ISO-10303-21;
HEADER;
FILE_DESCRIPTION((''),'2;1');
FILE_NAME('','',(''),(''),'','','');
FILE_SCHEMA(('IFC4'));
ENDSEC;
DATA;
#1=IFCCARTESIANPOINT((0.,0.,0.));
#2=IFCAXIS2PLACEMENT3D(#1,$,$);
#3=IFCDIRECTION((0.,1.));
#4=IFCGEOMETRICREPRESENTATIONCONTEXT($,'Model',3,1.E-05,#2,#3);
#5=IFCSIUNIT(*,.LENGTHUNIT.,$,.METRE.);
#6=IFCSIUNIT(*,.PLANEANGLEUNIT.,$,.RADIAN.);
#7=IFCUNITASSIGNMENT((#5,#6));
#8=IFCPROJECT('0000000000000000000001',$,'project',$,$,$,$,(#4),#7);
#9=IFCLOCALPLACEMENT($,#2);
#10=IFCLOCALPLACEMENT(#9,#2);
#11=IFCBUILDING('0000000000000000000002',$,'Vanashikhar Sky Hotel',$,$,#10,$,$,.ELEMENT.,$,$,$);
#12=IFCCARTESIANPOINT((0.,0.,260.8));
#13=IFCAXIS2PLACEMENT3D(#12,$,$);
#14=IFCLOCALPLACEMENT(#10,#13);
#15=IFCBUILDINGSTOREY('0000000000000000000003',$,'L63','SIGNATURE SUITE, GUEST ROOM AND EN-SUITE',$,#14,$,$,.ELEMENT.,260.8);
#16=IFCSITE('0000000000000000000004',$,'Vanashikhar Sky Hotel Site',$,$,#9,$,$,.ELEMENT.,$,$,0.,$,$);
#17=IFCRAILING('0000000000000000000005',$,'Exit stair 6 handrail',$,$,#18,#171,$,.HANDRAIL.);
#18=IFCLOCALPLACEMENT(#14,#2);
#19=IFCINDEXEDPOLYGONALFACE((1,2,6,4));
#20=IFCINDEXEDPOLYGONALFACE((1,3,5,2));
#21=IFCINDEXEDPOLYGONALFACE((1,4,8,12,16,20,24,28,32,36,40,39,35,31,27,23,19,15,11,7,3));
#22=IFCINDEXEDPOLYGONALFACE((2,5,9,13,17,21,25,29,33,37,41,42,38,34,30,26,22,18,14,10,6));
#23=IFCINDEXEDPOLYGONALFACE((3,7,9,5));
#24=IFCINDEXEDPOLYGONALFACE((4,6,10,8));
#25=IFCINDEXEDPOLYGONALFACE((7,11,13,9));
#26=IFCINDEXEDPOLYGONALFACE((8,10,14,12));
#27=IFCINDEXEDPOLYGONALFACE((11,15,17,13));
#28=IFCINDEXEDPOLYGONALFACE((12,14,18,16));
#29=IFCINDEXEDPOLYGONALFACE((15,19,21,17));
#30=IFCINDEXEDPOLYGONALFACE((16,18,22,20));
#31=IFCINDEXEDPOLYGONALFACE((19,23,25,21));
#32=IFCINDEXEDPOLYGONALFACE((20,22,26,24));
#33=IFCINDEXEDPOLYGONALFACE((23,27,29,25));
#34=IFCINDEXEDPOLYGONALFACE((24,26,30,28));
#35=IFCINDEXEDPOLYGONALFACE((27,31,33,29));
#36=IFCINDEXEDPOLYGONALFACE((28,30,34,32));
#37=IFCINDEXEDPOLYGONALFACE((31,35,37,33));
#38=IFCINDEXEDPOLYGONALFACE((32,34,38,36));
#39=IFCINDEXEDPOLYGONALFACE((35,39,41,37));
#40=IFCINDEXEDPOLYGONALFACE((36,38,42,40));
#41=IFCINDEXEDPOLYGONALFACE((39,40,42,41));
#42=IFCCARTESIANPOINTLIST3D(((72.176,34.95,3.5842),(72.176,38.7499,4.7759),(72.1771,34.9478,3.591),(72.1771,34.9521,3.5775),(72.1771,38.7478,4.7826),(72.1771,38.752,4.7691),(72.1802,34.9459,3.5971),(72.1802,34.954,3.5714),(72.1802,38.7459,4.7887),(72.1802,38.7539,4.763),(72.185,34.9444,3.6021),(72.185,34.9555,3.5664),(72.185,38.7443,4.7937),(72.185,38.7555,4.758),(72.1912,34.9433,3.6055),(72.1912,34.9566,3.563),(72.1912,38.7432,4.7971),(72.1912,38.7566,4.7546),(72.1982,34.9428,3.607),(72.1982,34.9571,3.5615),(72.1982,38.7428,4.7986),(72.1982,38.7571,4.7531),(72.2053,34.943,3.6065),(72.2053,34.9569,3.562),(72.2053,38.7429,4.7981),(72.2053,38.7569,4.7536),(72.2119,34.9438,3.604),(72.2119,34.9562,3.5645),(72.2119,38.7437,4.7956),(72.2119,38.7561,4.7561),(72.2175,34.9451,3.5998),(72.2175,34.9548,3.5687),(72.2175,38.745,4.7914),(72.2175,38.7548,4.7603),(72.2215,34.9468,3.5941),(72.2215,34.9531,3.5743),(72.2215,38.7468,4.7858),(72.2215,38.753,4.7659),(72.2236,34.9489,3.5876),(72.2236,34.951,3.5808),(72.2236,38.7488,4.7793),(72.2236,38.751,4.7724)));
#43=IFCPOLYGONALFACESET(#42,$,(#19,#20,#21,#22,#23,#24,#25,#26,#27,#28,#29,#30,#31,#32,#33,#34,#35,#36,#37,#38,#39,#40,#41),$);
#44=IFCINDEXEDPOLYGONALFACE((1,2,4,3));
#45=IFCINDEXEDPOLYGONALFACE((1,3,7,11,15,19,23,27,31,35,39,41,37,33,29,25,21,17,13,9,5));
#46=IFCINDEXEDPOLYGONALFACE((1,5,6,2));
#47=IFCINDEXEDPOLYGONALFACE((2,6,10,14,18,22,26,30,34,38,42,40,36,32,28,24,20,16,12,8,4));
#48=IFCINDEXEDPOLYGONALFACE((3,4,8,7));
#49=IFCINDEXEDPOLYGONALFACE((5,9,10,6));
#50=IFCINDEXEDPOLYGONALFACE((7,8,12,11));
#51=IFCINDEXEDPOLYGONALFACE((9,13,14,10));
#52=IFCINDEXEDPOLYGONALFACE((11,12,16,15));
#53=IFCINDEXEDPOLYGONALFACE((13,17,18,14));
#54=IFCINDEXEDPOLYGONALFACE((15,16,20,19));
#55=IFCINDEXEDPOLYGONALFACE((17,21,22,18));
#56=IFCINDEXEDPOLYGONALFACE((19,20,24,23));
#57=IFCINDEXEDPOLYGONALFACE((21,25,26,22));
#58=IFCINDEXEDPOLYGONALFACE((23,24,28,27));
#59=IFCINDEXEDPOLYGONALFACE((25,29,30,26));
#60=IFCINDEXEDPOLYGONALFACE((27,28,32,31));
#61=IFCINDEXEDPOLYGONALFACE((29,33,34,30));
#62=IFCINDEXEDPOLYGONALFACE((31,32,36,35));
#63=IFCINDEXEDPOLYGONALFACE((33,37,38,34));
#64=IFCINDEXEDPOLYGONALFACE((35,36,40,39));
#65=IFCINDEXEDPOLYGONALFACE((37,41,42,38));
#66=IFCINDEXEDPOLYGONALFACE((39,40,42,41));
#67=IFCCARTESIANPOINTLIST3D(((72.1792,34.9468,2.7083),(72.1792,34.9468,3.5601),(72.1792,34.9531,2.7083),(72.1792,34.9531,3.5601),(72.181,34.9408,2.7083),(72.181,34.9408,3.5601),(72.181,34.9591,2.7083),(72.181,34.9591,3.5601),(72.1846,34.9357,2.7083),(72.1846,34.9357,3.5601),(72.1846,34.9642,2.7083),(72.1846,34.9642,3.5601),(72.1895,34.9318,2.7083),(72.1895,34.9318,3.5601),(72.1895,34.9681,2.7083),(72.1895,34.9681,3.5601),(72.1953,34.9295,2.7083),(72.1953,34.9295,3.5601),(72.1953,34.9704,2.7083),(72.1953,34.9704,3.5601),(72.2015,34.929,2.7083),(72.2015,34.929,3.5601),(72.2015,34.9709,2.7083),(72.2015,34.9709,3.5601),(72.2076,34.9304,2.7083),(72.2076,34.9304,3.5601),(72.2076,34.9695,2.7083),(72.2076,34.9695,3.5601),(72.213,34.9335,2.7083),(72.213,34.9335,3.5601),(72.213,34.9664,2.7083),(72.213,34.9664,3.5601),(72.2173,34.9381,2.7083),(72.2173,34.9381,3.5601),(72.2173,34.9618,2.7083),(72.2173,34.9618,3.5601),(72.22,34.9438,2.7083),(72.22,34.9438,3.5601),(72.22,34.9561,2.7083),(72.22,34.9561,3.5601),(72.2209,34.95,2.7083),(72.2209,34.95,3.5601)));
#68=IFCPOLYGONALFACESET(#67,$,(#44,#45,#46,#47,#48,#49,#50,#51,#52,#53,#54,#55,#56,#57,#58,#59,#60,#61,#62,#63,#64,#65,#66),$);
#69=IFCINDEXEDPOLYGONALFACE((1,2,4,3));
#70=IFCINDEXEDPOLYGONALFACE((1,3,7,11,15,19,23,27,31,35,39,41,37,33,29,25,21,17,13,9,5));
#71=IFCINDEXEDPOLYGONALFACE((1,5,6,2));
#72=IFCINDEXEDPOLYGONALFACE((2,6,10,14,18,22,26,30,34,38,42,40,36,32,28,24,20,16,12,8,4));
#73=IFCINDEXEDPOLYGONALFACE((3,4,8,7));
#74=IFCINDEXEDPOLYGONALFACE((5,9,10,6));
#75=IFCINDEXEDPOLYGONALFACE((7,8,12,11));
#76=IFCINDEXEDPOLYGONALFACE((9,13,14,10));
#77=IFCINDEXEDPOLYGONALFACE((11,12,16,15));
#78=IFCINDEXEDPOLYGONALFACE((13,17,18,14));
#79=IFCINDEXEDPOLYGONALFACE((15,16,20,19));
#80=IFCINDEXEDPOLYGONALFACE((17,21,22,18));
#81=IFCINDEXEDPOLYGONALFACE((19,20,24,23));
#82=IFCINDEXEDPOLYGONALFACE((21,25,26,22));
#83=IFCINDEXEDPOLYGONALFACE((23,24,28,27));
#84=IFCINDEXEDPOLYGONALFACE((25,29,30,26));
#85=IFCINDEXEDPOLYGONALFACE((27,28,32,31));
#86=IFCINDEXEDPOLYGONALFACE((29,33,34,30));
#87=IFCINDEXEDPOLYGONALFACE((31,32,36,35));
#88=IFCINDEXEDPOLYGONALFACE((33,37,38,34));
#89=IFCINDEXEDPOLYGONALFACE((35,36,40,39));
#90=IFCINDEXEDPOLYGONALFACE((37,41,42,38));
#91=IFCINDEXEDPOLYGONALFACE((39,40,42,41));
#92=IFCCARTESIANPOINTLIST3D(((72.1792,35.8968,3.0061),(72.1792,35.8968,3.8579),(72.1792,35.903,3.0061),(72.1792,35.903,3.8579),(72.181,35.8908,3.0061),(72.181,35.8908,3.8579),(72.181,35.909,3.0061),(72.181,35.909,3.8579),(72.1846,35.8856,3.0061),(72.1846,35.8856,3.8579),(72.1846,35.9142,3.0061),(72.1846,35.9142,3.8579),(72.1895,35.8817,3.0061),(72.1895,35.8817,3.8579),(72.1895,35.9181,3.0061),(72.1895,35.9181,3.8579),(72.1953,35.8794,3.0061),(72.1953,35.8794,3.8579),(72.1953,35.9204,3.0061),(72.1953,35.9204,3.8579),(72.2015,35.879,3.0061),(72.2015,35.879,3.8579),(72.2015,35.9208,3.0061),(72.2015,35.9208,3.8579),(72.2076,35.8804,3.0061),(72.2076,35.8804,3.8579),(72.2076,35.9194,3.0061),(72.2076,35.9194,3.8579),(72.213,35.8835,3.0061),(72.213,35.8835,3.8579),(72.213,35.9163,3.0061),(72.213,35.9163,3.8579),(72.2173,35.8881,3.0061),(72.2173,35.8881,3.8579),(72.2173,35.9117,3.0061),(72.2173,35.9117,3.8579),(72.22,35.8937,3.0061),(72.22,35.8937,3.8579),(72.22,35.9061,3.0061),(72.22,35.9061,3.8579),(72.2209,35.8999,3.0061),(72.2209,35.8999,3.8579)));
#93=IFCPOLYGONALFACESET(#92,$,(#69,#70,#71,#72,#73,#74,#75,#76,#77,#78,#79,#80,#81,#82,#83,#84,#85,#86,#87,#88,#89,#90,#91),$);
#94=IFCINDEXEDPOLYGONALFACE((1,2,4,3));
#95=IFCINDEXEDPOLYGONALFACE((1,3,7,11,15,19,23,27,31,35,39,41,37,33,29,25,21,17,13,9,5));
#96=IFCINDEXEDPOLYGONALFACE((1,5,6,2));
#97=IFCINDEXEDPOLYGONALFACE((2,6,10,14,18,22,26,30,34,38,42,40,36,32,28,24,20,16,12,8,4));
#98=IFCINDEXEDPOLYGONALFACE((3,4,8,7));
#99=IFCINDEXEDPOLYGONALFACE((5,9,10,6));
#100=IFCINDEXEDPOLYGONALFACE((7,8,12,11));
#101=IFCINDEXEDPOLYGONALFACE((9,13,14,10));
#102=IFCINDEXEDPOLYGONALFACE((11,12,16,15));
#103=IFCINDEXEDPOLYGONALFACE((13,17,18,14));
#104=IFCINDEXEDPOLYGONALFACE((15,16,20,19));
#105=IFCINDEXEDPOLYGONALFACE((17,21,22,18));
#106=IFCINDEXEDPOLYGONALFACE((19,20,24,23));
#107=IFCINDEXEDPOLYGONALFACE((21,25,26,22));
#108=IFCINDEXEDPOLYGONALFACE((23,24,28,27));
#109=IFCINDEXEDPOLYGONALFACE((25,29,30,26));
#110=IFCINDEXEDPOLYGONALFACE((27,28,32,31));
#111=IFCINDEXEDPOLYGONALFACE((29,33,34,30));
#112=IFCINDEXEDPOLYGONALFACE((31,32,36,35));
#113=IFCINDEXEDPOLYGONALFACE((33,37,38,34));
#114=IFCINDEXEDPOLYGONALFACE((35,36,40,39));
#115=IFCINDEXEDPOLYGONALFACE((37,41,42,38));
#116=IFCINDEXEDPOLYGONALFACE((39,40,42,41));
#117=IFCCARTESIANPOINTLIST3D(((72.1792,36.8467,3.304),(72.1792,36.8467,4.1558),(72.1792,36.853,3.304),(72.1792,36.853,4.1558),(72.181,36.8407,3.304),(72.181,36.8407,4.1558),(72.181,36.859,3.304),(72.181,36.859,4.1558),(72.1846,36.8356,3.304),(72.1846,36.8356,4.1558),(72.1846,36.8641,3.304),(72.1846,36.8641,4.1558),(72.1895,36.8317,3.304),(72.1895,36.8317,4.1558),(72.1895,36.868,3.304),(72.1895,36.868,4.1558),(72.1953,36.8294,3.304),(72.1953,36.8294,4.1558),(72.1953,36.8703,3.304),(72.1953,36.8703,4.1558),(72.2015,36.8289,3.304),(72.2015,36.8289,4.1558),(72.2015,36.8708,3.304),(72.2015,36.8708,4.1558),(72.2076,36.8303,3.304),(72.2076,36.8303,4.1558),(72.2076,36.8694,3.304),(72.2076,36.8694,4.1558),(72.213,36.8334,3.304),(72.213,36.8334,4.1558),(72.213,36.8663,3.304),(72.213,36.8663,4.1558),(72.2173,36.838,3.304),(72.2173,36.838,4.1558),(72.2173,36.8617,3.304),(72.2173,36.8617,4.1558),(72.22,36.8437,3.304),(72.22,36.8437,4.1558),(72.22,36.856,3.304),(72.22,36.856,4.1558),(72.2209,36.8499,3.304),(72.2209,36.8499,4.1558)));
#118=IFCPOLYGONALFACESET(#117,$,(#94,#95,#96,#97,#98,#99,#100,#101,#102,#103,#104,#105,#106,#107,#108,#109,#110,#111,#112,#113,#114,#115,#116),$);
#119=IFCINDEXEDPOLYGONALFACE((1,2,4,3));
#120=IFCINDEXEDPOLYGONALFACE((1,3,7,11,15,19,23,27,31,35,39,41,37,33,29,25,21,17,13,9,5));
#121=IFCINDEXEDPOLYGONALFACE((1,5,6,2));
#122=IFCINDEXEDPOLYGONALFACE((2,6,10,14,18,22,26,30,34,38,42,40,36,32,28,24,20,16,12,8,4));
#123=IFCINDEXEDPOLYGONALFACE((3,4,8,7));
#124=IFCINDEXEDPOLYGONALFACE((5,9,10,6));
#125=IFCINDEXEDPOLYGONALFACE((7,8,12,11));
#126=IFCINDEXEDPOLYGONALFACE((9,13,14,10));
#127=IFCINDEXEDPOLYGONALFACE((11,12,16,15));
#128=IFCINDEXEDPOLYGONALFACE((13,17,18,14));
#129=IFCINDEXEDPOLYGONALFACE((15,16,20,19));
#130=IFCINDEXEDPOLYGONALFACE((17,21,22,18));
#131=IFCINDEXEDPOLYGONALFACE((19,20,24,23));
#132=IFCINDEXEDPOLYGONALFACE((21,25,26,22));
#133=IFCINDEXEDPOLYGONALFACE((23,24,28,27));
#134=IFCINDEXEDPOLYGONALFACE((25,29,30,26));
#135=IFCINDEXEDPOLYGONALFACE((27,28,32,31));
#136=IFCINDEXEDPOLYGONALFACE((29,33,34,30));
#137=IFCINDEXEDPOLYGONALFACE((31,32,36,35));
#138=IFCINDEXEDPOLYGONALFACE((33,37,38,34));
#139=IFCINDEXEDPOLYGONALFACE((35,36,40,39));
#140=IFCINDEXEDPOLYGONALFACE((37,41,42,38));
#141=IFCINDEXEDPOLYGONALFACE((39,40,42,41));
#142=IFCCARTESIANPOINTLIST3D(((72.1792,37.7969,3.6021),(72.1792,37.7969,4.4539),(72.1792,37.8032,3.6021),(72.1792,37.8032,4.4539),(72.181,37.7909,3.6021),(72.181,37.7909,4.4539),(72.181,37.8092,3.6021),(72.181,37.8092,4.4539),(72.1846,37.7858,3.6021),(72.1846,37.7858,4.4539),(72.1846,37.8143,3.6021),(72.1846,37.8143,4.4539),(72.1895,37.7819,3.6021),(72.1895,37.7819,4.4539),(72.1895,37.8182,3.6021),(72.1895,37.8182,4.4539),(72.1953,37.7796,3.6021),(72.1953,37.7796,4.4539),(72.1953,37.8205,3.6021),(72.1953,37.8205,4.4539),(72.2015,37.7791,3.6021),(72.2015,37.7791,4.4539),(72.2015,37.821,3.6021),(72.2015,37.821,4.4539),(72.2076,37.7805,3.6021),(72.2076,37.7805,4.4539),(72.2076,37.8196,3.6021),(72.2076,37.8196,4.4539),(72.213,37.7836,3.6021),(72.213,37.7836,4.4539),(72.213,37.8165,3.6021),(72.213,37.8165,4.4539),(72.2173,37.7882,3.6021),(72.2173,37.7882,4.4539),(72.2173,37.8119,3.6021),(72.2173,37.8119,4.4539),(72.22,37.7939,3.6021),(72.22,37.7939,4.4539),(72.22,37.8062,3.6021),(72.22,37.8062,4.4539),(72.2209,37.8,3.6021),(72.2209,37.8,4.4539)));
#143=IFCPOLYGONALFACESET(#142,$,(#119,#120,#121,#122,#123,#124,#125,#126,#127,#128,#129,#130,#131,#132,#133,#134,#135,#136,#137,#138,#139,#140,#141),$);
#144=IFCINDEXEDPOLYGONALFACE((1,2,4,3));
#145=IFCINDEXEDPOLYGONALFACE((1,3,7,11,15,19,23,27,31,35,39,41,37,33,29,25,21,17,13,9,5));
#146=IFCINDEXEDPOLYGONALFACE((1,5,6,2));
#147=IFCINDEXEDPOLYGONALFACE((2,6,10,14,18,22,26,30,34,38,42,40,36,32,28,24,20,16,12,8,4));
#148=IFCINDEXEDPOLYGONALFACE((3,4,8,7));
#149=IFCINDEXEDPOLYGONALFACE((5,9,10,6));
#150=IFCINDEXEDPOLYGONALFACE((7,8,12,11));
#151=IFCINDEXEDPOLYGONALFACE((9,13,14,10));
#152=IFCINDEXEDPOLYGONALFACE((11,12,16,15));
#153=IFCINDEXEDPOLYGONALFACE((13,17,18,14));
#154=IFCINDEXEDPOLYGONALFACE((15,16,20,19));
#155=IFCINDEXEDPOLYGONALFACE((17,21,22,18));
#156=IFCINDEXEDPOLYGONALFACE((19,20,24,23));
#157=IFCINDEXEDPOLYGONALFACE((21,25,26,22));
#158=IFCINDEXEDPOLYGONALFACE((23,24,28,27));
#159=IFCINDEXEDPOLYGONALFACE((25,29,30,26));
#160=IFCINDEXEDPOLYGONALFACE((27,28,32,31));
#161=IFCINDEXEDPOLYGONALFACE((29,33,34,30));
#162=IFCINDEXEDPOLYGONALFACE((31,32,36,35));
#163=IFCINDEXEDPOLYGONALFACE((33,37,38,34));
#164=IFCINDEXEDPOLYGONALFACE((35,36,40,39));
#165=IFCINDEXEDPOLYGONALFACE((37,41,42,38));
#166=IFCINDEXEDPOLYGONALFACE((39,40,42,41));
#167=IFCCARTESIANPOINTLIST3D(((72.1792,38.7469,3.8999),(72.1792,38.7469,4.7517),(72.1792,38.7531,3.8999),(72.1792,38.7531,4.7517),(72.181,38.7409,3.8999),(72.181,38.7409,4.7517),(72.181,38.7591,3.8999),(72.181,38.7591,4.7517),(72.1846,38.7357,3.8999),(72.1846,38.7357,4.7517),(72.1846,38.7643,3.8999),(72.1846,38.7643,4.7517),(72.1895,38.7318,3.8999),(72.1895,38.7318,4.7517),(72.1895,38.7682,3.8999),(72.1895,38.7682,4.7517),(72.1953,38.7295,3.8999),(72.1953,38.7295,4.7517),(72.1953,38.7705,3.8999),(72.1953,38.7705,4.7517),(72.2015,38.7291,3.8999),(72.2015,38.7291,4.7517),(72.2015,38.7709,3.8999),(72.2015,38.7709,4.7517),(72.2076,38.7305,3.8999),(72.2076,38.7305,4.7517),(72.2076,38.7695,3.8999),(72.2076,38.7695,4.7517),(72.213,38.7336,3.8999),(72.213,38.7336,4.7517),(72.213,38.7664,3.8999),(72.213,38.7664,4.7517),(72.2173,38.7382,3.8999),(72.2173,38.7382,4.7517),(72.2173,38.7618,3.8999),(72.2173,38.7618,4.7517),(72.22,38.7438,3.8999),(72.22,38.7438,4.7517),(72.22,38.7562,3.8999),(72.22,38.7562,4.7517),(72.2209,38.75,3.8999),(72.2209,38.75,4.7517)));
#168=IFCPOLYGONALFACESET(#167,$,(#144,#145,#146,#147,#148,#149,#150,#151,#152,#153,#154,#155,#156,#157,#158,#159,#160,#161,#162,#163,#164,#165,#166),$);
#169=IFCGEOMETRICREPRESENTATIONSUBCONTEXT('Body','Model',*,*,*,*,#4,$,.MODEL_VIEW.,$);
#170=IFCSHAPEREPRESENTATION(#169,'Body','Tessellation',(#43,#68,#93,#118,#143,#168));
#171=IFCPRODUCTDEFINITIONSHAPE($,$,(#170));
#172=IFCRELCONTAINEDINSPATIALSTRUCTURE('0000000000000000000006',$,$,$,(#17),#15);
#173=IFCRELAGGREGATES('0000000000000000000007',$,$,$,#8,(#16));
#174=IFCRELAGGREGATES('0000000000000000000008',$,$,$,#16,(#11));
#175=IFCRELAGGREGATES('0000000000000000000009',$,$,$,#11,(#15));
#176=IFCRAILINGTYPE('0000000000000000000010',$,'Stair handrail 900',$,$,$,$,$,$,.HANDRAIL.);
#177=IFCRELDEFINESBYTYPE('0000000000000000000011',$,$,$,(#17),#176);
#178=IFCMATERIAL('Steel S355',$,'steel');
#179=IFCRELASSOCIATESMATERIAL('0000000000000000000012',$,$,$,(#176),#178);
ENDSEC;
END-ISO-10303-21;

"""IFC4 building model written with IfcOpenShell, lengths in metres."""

from ifc_helpers import new_model, si_unit, direction, frame, origin, origin_2d, place, context, subcontext, project, spatial, circle, extrude, source, transform, mapped, material, type_object, element, save


model = new_model("IFC4")

# Units and contexts
model_context = context("Model", 3, precision=1e-05, world=origin(), true_north=direction((0.0, 1.0)))
body_context = subcontext(model_context, "Body", "Model", "MODEL_VIEW")
ifc_project = project(units=[si_unit("LENGTHUNIT", "METRE"), si_unit("PLANEANGLEUNIT", "RADIAN")], contexts=[model_context])

# Site, building, storey
site_placement = place(None, origin())
site = spatial("IfcSite", under=ifc_project, at=site_placement, Name="Vanashikhar Sky Hotel Site", CompositionType="ELEMENT", RefElevation=0.0)
building_placement = place(site_placement, origin())
building = spatial("IfcBuilding", under=site, at=building_placement, Name="Vanashikhar Sky Hotel", CompositionType="ELEMENT")
storey_placement = place(building_placement, frame((0.0, 0.0, 260.8)))
storey = spatial("IfcBuildingStorey", under=building, at=storey_placement, Name="L63", Description="SIGNATURE SUITE, GUEST ROOM AND EN-SUITE", CompositionType="ELEMENT", Elevation=260.8)

# Railing
ifc_material_1 = material(Name="Steel S355", Category="steel")
railing_type = type_object("IfcRailingType", Name="Stair handrail 900", PredefinedType="HANDRAIL", material=ifc_material_1)
shared_shape_1 = source(origin(), body_context, "Body", "SweptSolid", [
    extrude(circle(Radius=0.0239, at=origin_2d()), frame((0.0, 0.0, 0.876), z_axis=(0.0, 0.954184, 0.299221), x_axis=(-1.0, 0.0, 0.0)), (0.0, 0.0, 1.0), 3.9824),
    extrude(circle(Radius=0.021, at=origin_2d()), origin(), (0.0, 0.0, 1.0), 0.8518),
    extrude(circle(Radius=0.021, at=origin_2d()), frame((0.0, 0.95, 0.2979)), (0.0, 0.0, 1.0), 0.8518),
    extrude(circle(Radius=0.021, at=origin_2d()), frame((0.0, 1.8999, 0.5957)), (0.0, 0.0, 1.0), 0.8518),
    extrude(circle(Radius=0.021, at=origin_2d()), frame((0.0, 2.8501, 0.8938)), (0.0, 0.0, 1.0), 0.8518),
    extrude(circle(Radius=0.021, at=origin_2d()), frame((0.0, 3.8, 1.1917)), (0.0, 0.0, 1.0), 0.8518),
])
for number, where, name in (
    (1, (72.2, 34.95, 2.7083), "Exit stair 6 handrail"),
):
    element("IfcRailing", number, at=place(storey_placement, frame(where)), inside=storey, type_object=railing_type, Name=name, PredefinedType="HANDRAIL", context=body_context, shape_type="MappedRepresentation", body=[
        mapped(shared_shape_1, transform((0.0, 0.0, 0.0), scale=1.0)),
    ])

save(model, "model.ifc")
